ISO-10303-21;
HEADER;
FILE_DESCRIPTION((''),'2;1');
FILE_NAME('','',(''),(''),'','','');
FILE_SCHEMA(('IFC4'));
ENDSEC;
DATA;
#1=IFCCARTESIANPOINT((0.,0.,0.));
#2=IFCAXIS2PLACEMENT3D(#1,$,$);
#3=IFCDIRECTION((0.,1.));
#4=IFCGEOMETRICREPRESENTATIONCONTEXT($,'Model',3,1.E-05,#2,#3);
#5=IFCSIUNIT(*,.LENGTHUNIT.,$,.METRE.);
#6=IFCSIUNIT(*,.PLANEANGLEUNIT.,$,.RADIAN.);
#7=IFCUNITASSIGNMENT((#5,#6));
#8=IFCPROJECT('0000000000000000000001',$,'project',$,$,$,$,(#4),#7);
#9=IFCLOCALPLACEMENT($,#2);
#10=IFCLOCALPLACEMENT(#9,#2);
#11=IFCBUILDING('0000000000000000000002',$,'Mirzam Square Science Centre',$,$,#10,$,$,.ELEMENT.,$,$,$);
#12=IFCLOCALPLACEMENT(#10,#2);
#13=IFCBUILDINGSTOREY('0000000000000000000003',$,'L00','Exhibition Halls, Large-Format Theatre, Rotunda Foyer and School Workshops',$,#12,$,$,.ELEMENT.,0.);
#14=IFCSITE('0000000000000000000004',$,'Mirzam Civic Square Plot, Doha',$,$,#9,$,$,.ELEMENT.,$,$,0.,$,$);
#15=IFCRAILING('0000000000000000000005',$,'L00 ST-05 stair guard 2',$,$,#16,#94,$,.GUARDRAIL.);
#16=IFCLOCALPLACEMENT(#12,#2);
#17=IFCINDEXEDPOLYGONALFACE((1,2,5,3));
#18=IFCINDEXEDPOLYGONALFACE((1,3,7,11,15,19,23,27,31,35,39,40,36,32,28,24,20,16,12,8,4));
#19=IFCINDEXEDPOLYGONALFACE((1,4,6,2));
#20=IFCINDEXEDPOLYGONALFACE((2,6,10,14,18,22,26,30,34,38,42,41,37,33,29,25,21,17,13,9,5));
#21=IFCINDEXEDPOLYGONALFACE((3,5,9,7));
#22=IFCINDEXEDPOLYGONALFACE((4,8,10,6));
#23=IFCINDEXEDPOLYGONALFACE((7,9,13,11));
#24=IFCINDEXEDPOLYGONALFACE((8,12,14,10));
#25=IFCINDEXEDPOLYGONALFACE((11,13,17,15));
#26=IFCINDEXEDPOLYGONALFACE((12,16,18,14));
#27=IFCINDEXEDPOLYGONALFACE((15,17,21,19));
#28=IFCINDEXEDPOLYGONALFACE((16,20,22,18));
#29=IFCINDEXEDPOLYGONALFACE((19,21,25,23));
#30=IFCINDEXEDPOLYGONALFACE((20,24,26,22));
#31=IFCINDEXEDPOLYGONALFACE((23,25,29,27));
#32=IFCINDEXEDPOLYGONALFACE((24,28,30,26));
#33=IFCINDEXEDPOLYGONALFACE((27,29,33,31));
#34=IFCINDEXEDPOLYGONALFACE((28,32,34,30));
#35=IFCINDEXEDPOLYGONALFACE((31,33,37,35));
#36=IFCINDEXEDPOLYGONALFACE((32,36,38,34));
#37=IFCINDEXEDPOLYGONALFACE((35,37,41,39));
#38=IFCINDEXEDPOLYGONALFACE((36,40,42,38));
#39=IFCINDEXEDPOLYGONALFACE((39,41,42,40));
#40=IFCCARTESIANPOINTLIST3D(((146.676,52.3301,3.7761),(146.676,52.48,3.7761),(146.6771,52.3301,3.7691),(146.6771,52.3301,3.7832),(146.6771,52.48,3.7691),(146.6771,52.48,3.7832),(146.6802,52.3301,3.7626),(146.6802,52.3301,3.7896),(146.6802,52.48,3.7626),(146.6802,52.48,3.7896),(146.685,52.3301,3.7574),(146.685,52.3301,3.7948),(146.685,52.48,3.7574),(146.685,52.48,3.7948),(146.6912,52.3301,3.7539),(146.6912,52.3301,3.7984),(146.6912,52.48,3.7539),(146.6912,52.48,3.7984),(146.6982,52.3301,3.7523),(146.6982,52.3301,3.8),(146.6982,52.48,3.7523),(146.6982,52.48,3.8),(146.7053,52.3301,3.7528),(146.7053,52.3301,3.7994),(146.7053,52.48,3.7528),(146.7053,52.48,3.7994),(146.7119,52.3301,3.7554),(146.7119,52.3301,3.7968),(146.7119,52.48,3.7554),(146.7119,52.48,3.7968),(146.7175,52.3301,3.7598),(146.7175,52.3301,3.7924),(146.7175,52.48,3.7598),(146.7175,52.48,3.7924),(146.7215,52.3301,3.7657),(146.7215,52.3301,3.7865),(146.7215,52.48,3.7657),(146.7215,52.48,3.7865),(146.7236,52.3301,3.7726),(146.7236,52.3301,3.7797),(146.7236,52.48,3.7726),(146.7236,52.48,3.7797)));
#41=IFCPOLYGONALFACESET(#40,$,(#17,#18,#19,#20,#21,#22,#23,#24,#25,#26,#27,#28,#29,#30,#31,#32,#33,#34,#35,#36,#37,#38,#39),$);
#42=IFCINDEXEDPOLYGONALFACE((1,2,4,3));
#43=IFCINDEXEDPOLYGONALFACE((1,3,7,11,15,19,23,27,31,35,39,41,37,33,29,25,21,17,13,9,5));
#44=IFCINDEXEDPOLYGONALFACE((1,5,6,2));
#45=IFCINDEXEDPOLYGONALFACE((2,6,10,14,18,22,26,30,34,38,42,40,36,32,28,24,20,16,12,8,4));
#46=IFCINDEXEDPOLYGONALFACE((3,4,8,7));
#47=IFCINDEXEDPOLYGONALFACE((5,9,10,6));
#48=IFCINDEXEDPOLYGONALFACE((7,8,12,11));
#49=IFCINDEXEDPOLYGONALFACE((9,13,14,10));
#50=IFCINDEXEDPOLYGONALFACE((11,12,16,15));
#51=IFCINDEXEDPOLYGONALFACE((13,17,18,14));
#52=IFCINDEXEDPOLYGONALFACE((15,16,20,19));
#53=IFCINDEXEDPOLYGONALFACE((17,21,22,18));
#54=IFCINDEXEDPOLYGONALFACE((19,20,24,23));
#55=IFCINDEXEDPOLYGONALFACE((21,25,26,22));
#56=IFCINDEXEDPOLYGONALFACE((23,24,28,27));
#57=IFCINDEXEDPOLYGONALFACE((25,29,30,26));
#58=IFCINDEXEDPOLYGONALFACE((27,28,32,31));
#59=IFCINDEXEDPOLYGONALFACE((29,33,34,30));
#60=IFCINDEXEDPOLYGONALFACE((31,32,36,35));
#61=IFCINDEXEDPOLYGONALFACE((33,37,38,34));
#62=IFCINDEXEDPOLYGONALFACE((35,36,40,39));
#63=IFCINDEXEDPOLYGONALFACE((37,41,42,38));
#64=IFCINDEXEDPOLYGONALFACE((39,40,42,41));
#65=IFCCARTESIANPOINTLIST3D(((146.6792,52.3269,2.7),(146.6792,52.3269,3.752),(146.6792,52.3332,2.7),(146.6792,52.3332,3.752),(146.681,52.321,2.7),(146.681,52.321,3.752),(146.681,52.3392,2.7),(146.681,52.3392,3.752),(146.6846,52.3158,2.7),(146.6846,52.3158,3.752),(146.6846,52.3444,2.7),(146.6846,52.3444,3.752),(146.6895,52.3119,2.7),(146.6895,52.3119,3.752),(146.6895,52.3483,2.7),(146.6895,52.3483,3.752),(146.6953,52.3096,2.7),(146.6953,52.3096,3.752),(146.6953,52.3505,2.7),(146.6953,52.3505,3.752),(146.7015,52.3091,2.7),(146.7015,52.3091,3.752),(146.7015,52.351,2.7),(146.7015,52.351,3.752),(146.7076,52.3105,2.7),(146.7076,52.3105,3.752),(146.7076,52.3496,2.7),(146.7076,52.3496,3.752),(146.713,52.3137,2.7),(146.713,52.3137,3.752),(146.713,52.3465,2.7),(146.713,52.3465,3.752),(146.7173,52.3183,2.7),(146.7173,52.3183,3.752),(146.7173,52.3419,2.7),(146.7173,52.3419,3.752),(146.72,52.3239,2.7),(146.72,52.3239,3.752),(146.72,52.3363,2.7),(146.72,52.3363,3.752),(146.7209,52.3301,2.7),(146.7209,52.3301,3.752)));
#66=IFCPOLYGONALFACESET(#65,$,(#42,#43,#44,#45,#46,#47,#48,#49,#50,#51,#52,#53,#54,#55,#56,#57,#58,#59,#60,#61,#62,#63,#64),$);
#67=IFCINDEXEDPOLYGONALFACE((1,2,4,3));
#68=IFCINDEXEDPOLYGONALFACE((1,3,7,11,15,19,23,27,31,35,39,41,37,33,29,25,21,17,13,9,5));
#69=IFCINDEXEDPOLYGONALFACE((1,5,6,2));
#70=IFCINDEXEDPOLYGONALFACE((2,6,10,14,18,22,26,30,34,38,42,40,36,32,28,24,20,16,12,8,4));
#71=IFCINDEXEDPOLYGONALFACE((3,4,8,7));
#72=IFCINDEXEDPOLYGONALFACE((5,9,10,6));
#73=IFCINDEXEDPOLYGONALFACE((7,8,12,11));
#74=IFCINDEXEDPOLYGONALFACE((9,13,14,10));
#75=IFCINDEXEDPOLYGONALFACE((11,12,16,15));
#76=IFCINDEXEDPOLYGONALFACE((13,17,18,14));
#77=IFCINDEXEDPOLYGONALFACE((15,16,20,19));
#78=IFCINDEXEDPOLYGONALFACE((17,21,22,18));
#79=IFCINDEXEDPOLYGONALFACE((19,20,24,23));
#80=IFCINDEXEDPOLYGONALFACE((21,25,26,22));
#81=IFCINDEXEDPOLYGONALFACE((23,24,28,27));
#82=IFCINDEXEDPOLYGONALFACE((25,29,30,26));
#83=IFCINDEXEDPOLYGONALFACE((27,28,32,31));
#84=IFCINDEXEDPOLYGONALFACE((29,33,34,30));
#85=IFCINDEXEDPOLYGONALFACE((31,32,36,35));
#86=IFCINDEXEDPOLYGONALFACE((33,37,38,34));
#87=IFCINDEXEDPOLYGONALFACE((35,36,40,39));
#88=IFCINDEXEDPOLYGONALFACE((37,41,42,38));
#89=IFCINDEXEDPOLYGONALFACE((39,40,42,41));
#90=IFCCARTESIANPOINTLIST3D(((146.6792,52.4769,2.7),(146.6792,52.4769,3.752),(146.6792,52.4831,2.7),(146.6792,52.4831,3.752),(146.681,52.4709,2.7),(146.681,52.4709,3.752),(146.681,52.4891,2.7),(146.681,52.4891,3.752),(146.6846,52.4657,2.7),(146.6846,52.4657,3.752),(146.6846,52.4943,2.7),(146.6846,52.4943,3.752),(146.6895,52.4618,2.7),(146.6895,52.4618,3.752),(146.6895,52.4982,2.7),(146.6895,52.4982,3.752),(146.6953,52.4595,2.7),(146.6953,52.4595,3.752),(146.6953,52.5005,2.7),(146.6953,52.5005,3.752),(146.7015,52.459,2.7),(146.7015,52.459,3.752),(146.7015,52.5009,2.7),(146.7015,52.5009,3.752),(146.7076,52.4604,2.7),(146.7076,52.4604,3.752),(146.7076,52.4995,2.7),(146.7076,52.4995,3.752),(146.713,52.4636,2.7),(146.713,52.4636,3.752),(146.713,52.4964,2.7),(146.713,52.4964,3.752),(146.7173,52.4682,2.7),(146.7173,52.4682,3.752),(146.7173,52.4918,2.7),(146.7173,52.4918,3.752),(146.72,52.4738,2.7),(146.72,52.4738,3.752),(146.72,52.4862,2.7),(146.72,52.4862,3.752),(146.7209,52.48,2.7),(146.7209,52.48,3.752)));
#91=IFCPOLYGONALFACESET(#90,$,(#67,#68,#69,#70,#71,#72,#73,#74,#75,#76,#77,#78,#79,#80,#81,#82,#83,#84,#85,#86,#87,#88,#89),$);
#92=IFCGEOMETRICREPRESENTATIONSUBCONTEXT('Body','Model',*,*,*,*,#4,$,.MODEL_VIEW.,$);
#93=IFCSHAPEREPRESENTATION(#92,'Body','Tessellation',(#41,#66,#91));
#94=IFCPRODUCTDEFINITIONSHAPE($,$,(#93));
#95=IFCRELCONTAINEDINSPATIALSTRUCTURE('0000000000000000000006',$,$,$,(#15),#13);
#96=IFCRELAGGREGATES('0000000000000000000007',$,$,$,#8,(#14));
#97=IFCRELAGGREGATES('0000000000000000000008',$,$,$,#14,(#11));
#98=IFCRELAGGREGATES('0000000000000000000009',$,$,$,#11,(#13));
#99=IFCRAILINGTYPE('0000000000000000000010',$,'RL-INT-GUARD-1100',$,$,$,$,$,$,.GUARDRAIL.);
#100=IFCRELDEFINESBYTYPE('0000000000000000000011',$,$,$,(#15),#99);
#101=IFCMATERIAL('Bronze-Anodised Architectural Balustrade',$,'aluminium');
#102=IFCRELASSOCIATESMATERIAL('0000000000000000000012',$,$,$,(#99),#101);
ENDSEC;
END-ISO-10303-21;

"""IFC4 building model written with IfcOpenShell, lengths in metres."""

from ifc_helpers import new_model, si_unit, direction, frame, origin, origin_2d, place, context, subcontext, project, spatial, circle, extrude, material, type_object, element, save


model = new_model("IFC4")

# Units and contexts
model_context = context("Model", 3, precision=1e-05, world=origin(), true_north=direction((0.0, 1.0)))
body_context = subcontext(model_context, "Body", "Model", "MODEL_VIEW")
ifc_project = project(units=[si_unit("LENGTHUNIT", "METRE"), si_unit("PLANEANGLEUNIT", "RADIAN")], contexts=[model_context])

# Site, building, storey
site_placement = place(None, origin())
site = spatial("IfcSite", under=ifc_project, at=site_placement, Name="Mirzam Civic Square Plot, Doha", CompositionType="ELEMENT", RefElevation=0.0)
building_placement = place(site_placement, origin())
building = spatial("IfcBuilding", under=site, at=building_placement, Name="Mirzam Square Science Centre", CompositionType="ELEMENT")
storey_placement = place(building_placement, origin())
storey = spatial("IfcBuildingStorey", under=building, at=storey_placement, Name="L00", Description="Exhibition Halls, Large-Format Theatre, Rotunda Foyer and School Workshops", CompositionType="ELEMENT", Elevation=0.0)

# Railing
ifc_material_1 = material(Name="Bronze-Anodised Architectural Balustrade", Category="aluminium")
railing_type_1 = type_object("IfcRailingType", Name="RL-INT-GUARD-1100", PredefinedType="GUARDRAIL", material=ifc_material_1)
railing_1_placement = place(storey_placement, frame((146.7, 52.3301, 2.7)))
element("IfcRailing", 1, at=railing_1_placement, inside=storey, type_object=railing_type_1, Name="L00 ST-05 stair guard 2", PredefinedType="GUARDRAIL", context=body_context, shape_type="SweptSolid", body=[
    extrude(circle(Radius=0.0239, at=origin_2d()), frame((0.0, 0.0, 1.0762), z_axis=(0.0, 1.0, 0.0), x_axis=(-1.0, 0.0, 0.0)), (0.0, 0.0, 1.0), 0.1499),
    extrude(circle(Radius=0.021, at=origin_2d()), origin(), (0.0, 0.0, 1.0), 1.052),
    extrude(circle(Radius=0.021, at=origin_2d()), frame((0.0, 0.1499, 0.0)), (0.0, 0.0, 1.0), 1.052),
])

save(model, "model.ifc")
